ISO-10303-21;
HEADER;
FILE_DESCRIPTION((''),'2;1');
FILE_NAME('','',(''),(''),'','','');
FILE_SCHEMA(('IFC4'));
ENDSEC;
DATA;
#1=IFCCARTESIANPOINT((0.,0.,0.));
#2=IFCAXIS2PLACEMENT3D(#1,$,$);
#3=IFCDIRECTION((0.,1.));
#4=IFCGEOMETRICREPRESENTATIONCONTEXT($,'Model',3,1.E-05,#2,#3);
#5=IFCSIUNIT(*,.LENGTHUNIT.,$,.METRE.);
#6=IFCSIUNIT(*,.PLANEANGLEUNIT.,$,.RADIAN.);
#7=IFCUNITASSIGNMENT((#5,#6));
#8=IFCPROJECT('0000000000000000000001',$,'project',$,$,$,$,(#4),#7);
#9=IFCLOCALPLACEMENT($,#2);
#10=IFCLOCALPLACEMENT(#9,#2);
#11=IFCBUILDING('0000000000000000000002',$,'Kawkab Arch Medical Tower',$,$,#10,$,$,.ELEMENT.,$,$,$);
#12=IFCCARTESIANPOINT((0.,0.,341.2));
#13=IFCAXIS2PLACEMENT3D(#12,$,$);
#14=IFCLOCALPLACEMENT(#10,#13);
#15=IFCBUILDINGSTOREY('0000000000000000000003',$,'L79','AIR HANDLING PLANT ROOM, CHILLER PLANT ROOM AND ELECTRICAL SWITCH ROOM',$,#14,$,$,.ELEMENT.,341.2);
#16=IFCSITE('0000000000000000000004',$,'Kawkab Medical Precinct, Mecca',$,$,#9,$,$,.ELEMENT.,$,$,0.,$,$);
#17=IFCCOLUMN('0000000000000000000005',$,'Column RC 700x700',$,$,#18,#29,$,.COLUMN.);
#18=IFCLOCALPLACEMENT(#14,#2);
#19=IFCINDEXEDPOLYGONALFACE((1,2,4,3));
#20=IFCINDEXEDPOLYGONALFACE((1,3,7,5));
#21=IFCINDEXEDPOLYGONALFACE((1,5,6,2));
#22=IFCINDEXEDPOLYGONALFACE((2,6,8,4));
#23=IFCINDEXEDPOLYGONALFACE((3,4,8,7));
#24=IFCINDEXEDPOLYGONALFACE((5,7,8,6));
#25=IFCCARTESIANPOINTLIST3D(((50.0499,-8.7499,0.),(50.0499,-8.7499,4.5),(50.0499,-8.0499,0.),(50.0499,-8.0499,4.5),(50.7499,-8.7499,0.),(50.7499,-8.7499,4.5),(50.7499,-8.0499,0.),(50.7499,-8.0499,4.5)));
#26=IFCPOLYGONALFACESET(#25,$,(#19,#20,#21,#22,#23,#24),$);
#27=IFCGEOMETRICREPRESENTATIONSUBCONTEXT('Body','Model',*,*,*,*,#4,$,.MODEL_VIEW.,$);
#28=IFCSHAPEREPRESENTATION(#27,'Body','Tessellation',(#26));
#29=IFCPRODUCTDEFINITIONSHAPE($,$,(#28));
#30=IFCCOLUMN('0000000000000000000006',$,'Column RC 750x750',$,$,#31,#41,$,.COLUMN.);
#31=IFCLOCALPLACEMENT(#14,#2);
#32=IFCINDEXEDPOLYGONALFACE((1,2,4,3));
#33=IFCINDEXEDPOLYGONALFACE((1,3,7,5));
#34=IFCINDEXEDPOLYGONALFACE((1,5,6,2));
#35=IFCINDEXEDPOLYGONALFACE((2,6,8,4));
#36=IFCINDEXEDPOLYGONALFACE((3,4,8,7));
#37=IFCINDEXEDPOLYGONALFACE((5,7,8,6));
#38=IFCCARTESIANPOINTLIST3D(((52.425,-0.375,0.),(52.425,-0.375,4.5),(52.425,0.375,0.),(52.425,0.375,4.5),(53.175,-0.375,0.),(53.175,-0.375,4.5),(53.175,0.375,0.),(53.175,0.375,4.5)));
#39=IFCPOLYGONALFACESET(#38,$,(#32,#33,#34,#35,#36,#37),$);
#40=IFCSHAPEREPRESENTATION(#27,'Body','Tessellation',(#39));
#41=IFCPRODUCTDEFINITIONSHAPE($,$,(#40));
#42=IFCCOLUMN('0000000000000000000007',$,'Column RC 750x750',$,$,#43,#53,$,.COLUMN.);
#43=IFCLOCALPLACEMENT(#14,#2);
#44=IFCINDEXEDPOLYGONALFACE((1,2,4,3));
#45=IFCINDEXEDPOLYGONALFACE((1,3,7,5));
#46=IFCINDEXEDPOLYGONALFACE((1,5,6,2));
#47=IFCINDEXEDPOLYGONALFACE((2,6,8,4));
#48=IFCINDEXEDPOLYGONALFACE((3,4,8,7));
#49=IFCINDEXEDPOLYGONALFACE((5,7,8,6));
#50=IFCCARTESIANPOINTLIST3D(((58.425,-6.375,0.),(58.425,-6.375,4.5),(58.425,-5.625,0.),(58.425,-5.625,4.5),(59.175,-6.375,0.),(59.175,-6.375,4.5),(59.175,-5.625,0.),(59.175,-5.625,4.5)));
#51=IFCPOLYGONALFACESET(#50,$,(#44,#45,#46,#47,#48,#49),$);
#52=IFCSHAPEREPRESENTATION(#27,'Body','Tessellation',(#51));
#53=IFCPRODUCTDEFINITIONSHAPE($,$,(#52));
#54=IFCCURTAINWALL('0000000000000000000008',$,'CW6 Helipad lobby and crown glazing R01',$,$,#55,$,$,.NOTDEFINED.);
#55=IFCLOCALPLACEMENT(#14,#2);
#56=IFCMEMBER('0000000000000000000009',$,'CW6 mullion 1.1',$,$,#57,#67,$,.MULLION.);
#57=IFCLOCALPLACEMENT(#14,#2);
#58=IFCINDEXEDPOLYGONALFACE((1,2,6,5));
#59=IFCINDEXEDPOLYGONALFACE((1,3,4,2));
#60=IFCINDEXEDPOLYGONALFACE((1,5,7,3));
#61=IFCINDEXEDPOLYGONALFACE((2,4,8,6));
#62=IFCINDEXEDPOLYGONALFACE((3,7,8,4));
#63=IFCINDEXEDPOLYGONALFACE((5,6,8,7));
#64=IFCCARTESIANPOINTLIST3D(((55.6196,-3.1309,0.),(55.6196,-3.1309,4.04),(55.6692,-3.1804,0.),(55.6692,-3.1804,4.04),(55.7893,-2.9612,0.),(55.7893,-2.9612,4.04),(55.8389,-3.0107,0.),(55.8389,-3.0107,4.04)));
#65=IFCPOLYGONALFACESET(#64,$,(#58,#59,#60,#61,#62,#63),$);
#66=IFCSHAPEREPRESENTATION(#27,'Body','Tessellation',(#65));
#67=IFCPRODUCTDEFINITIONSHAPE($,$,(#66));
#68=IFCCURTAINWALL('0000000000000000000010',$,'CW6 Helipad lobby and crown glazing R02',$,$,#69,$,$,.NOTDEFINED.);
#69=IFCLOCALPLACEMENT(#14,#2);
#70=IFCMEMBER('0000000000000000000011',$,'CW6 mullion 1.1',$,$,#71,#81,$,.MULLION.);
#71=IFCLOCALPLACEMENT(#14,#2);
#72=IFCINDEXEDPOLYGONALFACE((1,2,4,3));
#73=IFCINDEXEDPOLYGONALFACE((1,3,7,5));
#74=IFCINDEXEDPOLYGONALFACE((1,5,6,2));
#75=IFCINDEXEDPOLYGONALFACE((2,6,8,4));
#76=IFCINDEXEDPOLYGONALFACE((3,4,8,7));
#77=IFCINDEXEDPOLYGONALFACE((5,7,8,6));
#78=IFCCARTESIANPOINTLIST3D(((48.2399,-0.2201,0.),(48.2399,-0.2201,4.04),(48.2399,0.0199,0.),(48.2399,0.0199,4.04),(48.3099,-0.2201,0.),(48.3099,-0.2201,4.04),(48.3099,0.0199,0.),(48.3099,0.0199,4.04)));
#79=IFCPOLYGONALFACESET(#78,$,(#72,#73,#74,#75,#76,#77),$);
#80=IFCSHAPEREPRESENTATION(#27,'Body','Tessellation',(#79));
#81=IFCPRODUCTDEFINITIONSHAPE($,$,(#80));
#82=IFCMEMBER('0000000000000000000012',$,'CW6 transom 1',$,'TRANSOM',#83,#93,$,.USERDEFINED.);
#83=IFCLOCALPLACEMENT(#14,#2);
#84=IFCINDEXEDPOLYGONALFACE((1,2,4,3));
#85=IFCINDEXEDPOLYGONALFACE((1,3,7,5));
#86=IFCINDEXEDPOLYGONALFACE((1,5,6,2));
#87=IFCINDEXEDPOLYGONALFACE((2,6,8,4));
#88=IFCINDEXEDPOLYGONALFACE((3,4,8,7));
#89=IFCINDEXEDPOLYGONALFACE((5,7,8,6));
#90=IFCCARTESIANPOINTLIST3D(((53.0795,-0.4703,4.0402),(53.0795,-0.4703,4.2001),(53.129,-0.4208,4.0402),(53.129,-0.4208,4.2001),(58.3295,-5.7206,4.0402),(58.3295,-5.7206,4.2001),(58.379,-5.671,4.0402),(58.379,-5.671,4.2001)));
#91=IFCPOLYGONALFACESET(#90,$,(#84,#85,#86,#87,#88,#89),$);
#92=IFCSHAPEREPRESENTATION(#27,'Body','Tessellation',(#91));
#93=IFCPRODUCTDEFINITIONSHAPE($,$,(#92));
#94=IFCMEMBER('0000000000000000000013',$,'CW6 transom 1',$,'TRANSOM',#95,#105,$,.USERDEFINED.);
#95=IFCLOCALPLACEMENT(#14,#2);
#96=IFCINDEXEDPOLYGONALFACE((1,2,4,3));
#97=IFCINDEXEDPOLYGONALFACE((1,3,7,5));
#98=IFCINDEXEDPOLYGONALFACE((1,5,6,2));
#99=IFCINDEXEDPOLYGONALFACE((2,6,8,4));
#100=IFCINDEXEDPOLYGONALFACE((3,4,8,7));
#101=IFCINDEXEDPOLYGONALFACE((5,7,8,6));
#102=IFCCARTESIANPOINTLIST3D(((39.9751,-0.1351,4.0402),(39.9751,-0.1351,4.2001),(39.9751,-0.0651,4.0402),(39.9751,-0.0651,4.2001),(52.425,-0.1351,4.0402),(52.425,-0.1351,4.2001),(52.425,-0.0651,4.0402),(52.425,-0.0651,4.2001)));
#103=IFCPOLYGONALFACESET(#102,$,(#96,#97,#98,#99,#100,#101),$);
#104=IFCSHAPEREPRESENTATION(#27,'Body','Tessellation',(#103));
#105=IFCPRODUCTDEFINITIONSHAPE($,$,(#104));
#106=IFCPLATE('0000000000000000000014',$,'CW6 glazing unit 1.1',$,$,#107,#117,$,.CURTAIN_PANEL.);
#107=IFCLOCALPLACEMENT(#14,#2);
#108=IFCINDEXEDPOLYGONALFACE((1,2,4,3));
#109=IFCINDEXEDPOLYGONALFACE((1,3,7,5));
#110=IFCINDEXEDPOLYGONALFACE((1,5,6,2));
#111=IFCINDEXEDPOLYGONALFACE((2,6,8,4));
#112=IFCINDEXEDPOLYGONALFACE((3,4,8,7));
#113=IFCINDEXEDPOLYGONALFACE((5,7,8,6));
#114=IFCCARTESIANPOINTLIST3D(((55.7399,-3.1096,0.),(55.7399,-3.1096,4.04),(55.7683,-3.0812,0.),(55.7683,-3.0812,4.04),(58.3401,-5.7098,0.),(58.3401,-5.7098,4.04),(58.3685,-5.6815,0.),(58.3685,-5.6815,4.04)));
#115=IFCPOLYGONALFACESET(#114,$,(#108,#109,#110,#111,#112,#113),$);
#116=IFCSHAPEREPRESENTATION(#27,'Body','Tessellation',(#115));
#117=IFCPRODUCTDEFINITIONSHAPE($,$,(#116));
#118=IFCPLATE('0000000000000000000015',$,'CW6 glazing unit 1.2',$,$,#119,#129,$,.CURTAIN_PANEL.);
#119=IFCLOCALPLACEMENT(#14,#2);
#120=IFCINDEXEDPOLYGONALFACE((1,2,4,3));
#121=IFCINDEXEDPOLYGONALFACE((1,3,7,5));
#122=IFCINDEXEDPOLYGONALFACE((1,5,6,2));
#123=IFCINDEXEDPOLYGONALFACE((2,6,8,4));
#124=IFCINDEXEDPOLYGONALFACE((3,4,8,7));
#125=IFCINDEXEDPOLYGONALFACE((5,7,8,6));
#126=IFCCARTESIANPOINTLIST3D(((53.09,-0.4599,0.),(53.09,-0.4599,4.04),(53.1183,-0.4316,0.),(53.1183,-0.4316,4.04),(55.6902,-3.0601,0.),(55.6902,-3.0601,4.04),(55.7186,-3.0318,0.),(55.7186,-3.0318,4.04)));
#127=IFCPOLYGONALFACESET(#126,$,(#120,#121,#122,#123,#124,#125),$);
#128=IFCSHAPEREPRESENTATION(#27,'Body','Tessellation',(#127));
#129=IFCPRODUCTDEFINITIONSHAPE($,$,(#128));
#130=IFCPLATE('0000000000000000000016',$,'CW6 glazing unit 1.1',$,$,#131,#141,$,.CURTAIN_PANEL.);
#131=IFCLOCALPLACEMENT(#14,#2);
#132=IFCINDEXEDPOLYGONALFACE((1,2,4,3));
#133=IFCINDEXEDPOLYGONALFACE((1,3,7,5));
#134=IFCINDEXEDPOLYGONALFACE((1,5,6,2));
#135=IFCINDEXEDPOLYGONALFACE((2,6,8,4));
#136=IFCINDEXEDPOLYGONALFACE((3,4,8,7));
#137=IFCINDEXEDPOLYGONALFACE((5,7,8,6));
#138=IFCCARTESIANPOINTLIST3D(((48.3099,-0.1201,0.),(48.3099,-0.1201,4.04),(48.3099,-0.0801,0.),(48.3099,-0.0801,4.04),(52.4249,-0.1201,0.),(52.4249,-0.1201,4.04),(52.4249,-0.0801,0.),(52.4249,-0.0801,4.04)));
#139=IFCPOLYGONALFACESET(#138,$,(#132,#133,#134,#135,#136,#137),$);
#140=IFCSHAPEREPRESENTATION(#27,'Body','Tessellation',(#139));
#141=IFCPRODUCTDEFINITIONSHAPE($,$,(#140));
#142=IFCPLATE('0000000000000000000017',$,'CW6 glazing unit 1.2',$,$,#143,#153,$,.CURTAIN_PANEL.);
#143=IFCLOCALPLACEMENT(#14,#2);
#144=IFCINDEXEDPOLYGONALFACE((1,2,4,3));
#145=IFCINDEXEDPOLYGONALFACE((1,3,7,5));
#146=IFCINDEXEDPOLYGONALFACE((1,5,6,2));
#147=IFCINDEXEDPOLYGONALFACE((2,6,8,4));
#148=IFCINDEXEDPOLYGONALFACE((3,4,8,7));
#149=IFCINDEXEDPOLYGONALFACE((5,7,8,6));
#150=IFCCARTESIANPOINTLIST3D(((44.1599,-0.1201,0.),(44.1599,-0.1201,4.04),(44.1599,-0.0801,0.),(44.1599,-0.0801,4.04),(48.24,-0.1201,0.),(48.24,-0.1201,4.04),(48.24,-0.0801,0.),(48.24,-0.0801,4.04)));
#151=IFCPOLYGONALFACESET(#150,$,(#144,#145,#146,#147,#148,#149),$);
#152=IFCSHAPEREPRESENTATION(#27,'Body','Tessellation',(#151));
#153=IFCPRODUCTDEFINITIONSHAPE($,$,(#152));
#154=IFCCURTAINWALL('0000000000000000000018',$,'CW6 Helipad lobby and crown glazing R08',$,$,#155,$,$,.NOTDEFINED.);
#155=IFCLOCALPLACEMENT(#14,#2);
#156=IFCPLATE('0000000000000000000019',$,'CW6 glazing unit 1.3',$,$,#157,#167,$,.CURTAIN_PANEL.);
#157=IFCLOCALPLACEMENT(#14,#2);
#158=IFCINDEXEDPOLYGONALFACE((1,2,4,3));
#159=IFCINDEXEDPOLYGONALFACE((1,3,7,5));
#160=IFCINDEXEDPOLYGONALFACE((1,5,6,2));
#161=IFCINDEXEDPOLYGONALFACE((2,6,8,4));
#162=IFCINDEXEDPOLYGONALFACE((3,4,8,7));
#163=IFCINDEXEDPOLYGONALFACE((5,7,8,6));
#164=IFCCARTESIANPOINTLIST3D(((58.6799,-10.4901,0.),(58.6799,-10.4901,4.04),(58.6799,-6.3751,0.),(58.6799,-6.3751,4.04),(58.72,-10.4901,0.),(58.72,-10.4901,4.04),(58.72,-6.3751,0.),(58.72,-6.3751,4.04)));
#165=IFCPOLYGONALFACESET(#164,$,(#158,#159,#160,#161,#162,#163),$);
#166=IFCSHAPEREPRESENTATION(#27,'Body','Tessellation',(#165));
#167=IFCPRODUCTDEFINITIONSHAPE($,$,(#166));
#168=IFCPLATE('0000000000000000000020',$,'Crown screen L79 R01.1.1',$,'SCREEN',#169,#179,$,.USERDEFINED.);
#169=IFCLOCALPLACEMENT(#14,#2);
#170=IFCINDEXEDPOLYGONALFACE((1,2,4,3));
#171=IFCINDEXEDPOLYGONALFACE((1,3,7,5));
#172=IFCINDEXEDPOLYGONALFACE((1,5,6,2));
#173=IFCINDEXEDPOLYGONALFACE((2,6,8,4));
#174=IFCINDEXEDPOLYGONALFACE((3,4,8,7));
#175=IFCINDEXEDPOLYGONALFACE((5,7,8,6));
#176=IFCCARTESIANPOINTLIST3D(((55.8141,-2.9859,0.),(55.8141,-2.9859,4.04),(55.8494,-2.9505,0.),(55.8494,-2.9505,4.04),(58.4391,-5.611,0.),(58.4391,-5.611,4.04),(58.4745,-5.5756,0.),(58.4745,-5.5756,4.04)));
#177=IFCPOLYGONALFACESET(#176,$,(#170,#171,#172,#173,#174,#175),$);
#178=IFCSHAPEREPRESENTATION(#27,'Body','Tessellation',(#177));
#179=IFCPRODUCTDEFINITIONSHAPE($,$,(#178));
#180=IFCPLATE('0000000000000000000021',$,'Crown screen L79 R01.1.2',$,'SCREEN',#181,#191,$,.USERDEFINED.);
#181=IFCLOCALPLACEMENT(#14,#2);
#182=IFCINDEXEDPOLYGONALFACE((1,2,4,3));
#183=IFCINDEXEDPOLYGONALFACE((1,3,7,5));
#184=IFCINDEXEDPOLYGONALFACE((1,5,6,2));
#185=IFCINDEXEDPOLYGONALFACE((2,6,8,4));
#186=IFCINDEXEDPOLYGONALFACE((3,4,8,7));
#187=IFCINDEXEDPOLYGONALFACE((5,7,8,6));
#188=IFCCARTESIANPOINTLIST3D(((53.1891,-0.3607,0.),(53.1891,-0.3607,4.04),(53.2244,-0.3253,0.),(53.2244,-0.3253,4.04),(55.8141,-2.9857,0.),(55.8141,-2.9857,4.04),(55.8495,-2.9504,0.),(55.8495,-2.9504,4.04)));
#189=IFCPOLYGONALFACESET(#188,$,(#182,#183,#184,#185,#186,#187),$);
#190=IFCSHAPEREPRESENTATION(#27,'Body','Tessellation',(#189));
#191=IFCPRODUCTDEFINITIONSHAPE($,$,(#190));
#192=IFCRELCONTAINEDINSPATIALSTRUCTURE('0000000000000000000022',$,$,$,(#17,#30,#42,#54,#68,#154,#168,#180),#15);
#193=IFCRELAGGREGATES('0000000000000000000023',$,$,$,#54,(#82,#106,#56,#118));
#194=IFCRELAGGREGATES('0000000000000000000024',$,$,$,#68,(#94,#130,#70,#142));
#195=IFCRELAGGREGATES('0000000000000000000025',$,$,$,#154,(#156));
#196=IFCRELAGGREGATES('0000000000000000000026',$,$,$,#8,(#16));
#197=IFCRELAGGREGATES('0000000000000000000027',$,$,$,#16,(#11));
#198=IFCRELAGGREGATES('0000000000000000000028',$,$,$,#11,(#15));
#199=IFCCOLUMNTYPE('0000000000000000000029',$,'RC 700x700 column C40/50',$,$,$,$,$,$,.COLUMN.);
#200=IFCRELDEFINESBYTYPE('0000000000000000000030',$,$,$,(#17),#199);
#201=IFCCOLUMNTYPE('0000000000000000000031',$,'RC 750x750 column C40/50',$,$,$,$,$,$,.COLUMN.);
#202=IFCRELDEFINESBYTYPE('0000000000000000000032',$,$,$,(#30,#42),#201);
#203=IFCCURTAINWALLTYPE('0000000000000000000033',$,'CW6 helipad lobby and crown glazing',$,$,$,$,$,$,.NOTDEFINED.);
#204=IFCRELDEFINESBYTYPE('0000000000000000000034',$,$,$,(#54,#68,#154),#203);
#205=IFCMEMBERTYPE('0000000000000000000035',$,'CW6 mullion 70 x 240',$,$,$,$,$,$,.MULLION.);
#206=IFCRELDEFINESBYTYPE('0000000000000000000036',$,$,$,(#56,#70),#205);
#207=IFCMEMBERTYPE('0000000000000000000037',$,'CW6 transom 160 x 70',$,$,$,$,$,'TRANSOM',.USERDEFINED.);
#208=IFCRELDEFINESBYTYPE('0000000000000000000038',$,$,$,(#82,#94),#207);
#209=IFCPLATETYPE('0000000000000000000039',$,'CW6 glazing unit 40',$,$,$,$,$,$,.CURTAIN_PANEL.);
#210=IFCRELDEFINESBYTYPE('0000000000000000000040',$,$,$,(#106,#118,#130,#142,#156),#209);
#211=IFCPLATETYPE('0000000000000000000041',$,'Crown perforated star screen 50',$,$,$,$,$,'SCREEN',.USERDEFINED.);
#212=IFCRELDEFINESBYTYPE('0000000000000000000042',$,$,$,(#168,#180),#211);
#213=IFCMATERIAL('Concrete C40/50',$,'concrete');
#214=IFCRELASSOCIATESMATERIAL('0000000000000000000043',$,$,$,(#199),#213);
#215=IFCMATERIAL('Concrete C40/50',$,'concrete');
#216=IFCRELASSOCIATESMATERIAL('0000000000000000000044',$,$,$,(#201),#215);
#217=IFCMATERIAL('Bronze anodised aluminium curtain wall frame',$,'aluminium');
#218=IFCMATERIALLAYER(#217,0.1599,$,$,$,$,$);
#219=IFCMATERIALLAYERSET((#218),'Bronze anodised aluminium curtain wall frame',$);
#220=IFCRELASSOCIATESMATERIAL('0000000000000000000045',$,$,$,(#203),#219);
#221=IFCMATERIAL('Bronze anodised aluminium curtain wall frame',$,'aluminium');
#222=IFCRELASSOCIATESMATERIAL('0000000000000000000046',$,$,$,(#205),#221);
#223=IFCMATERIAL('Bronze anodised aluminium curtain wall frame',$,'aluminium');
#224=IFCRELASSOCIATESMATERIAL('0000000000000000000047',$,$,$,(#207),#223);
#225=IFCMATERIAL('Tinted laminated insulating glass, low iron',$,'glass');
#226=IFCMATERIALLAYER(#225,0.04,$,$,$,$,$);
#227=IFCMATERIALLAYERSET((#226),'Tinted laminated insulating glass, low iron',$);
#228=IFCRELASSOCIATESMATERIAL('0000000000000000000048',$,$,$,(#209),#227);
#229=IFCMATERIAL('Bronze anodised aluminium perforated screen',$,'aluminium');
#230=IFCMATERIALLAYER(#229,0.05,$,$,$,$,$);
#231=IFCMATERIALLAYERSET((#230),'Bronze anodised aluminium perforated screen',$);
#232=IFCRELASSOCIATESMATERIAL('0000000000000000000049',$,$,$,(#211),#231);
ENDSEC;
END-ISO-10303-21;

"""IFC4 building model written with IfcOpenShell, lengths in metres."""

from ifc_helpers import new_model, si_unit, direction, frame, origin, origin_2d, place, context, subcontext, project, spatial, rectangle, extrude, material, layer, layer_set, material_profile, profile_set, type_object, element, aggregate, save


model = new_model("IFC4")

# Units and contexts
model_context = context("Model", 3, precision=1e-05, world=origin(), true_north=direction((0.0, 1.0)))
body_context = subcontext(model_context, "Body", "Model", "MODEL_VIEW")
ifc_project = project(units=[si_unit("LENGTHUNIT", "METRE"), si_unit("PLANEANGLEUNIT", "RADIAN")], contexts=[model_context])

# Site, building, storey
site_placement = place(None, origin())
site = spatial("IfcSite", under=ifc_project, at=site_placement, Name="Kawkab Medical Precinct, Mecca", CompositionType="ELEMENT", RefElevation=0.0)
building_placement = place(site_placement, origin())
building = spatial("IfcBuilding", under=site, at=building_placement, Name="Kawkab Arch Medical Tower", CompositionType="ELEMENT")
storey_placement = place(building_placement, frame((0.0, 0.0, 341.2)))
storey = spatial("IfcBuildingStorey", under=building, at=storey_placement, Name="L79", Description="AIR HANDLING PLANT ROOM, CHILLER PLANT ROOM AND ELECTRICAL SWITCH ROOM", CompositionType="ELEMENT", Elevation=341.2)

# Columns
ifc_material_1 = material(Name="Concrete C40/50", Category="concrete")
ifc_material_profile_1 = material_profile(ifc_material_1, rectangle(XDim=0.7, YDim=0.7, at=origin_2d()), Name="RC 700x700")
ifc_profile_set_1 = profile_set([ifc_material_profile_1], Name="Concrete C40/50")
column_type_1 = type_object("IfcColumnType", Name="RC 700x700 column C40/50", PredefinedType="COLUMN", material=ifc_profile_set_1)
column_placement = place(storey_placement, frame((50.3999, -8.3999, 0.0), z_axis=(0.0, 0.0, 1.0), x_axis=(1.0, 0.0, 0.0)))
element("IfcColumn", 1, at=column_placement, inside=storey, type_object=column_type_1, Name="Column RC 700x700", PredefinedType="COLUMN", context=body_context, shape_type="SweptSolid", body=[
    extrude(rectangle(XDim=0.7, YDim=0.7, at=origin_2d()), origin(), (0.0, 0.0, 1.0), 4.5),
])
ifc_material_2 = material(Name="Concrete C40/50", Category="concrete")
ifc_material_profile_2 = material_profile(ifc_material_2, rectangle(XDim=0.75, YDim=0.75, at=origin_2d()), Name="RC 750x750")
ifc_profile_set_2 = profile_set([ifc_material_profile_2], Name="Concrete C40/50")
column_type_2 = type_object("IfcColumnType", Name="RC 750x750 column C40/50", PredefinedType="COLUMN", material=ifc_profile_set_2)
for number, where, z_axis, x_axis, name in (
    (2, (52.8, 0.0, 0.0), (0.0, 0.0, 1.0), (1.0, 0.0, 0.0), "Column RC 750x750"),
    (3, (58.8, -6.0, 0.0), (0.0, 0.0, 1.0), (1.0, 0.0, 0.0), "Column RC 750x750"),
):
    element("IfcColumn", number, at=place(storey_placement, frame(where, z_axis=z_axis, x_axis=x_axis)), inside=storey, type_object=column_type_2, Name=name, PredefinedType="COLUMN", context=body_context, shape_type="SweptSolid", body=[
        extrude(rectangle(XDim=0.75, YDim=0.75, at=origin_2d()), origin(), (0.0, 0.0, 1.0), 4.5),
    ])

# Curtain walls, members
ifc_material_3 = material(Name="Bronze anodised aluminium curtain wall frame", Category="aluminium")
ifc_layer_1 = layer(ifc_material_3, 0.1599)
ifc_layer_set_1 = layer_set([ifc_layer_1], Name="Bronze anodised aluminium curtain wall frame")
curtain_wall_type = type_object("IfcCurtainWallType", Name="CW6 helipad lobby and crown glazing", PredefinedType="NOTDEFINED", material=ifc_layer_set_1)
placement = place(storey_placement, origin())
curtain_wall_1 = element("IfcCurtainWall", 4, at=placement, inside=storey, type_object=curtain_wall_type, Name="CW6 Helipad lobby and crown glazing R01", PredefinedType="NOTDEFINED")
ifc_material_4 = material(Name="Bronze anodised aluminium curtain wall frame", Category="aluminium")
ifc_material_profile_3 = material_profile(ifc_material_4, rectangle(XDim=0.24, YDim=0.0701, at=origin_2d()), Name="AL 70x240")
ifc_profile_set_3 = profile_set([ifc_material_profile_3], Name="Bronze anodised aluminium curtain wall frame")
member_type_1 = type_object("IfcMemberType", Name="CW6 mullion 70 x 240", PredefinedType="MULLION", material=ifc_profile_set_3)
member_1_placement = place(storey_placement, frame((55.7292, -3.0708, 0.0), z_axis=(0.0, 0.0, 1.0), x_axis=(-0.707107, -0.707107, 0.0)))
member_1 = element("IfcMember", 5, at=member_1_placement, type_object=member_type_1, Name="CW6 mullion 1.1", PredefinedType="MULLION", context=body_context, shape_type="SweptSolid", body=[
    extrude(rectangle(XDim=0.24, YDim=0.0701, at=origin_2d()), origin(), (0.0, 0.0, 1.0), 4.04),
])
curtain_wall_2 = element("IfcCurtainWall", 6, at=placement, inside=storey, type_object=curtain_wall_type, Name="CW6 Helipad lobby and crown glazing R02", PredefinedType="NOTDEFINED")
member_2_placement = place(storey_placement, frame((48.2749, -0.1001, 0.0), z_axis=(0.0, 0.0, 1.0), x_axis=(0.0, -1.0, 0.0)))
member_2 = element("IfcMember", 7, at=member_2_placement, type_object=member_type_1, Name="CW6 mullion 1.1", PredefinedType="MULLION", context=body_context, shape_type="SweptSolid", body=[
    extrude(rectangle(XDim=0.24, YDim=0.0701, at=origin_2d()), origin(), (0.0, 0.0, 1.0), 4.04),
])

# Members
ifc_material_5 = material(Name="Bronze anodised aluminium curtain wall frame", Category="aluminium")
ifc_material_profile_4 = material_profile(ifc_material_5, rectangle(XDim=0.0701, YDim=0.1599, at=origin_2d()), Name="AL 70x160")
ifc_profile_set_4 = profile_set([ifc_material_profile_4], Name="Bronze anodised aluminium curtain wall frame")
member_type_2 = type_object("IfcMemberType", Name="CW6 transom 160 x 70", ElementType="TRANSOM", PredefinedType="USERDEFINED", material=ifc_profile_set_4)
member_3_placement = place(storey_placement, frame((58.3542, -5.6958, 4.1201), z_axis=(-0.70709, 0.707123, 0.0), x_axis=(-0.707123, -0.70709, 0.0)))
member_3 = element("IfcMember", 8, at=member_3_placement, type_object=member_type_2, Name="CW6 transom 1", ObjectType="TRANSOM", PredefinedType="USERDEFINED", context=body_context, shape_type="SweptSolid", body=[
    extrude(rectangle(XDim=0.0701, YDim=0.1599, at=origin_2d()), origin(), (0.0, 0.0, 1.0), 7.4248),
])
member_4_placement = place(storey_placement, frame((52.425, -0.1001, 4.1201), z_axis=(-1.0, 0.0, 0.0), x_axis=(0.0, -1.0, 0.0)))
member_4 = element("IfcMember", 9, at=member_4_placement, type_object=member_type_2, Name="CW6 transom 1", ObjectType="TRANSOM", PredefinedType="USERDEFINED", context=body_context, shape_type="SweptSolid", body=[
    extrude(rectangle(XDim=0.0701, YDim=0.1599, at=origin_2d()), origin(), (0.0, 0.0, 1.0), 12.45),
])

# Plates
ifc_material_6 = material(Name="Tinted laminated insulating glass, low iron", Category="glass")
ifc_layer_2 = layer(ifc_material_6, 0.04)
ifc_layer_set_2 = layer_set([ifc_layer_2], Name="Tinted laminated insulating glass, low iron")
plate_type_1 = type_object("IfcPlateType", Name="CW6 glazing unit 40", PredefinedType="CURTAIN_PANEL", material=ifc_layer_set_2)
plate_1_placement = place(storey_placement, frame((57.0542, -4.3955, 0.0), z_axis=(0.0, 0.0, 1.0), x_axis=(-0.707107, 0.707107, 0.0)))
plate_1 = element("IfcPlate", 10, at=plate_1_placement, type_object=plate_type_1, Name="CW6 glazing unit 1.1", PredefinedType="CURTAIN_PANEL", context=body_context, shape_type="SweptSolid", body=[
    extrude(rectangle(XDim=3.6772, YDim=0.04, at=origin_2d()), origin(), (0.0, 0.0, 1.0), 4.04),
])
plate_2_placement = place(storey_placement, frame((54.4043, -1.7458, 0.0), z_axis=(0.0, 0.0, 1.0), x_axis=(-0.707107, 0.707107, 0.0)))
plate_2 = element("IfcPlate", 11, at=plate_2_placement, type_object=plate_type_1, Name="CW6 glazing unit 1.2", PredefinedType="CURTAIN_PANEL", context=body_context, shape_type="SweptSolid", body=[
    extrude(rectangle(XDim=3.6772, YDim=0.04, at=origin_2d()), origin(), (0.0, 0.0, 1.0), 4.04),
])
aggregate(curtain_wall_1, [member_3, plate_1, member_1, plate_2])
plate_3_placement = place(storey_placement, frame((50.3674, -0.1001, 0.0), z_axis=(0.0, 0.0, 1.0), x_axis=(-1.0, 0.0, 0.0)))
plate_3 = element("IfcPlate", 12, at=plate_3_placement, type_object=plate_type_1, Name="CW6 glazing unit 1.1", PredefinedType="CURTAIN_PANEL", context=body_context, shape_type="SweptSolid", body=[
    extrude(rectangle(XDim=4.115, YDim=0.04, at=origin_2d()), origin(), (0.0, 0.0, 1.0), 4.04),
])
plate_4_placement = place(storey_placement, frame((46.2, -0.1001, 0.0), z_axis=(0.0, 0.0, 1.0), x_axis=(-1.0, 0.0, 0.0)))
plate_4 = element("IfcPlate", 13, at=plate_4_placement, type_object=plate_type_1, Name="CW6 glazing unit 1.2", PredefinedType="CURTAIN_PANEL", context=body_context, shape_type="SweptSolid", body=[
    extrude(rectangle(XDim=4.0801, YDim=0.04, at=origin_2d()), origin(), (0.0, 0.0, 1.0), 4.04),
])
aggregate(curtain_wall_2, [member_4, plate_3, member_2, plate_4])

# Curtain wall, plate
curtain_wall_3 = element("IfcCurtainWall", 14, at=placement, inside=storey, type_object=curtain_wall_type, Name="CW6 Helipad lobby and crown glazing R08", PredefinedType="NOTDEFINED")
plate_5_placement = place(storey_placement, frame((58.7, -8.4326, 0.0), z_axis=(0.0, 0.0, 1.0), x_axis=(0.0, 1.0, 0.0)))
plate_5 = element("IfcPlate", 15, at=plate_5_placement, type_object=plate_type_1, Name="CW6 glazing unit 1.3", PredefinedType="CURTAIN_PANEL", context=body_context, shape_type="SweptSolid", body=[
    extrude(rectangle(XDim=4.115, YDim=0.04, at=origin_2d()), origin(), (0.0, 0.0, 1.0), 4.04),
])
aggregate(curtain_wall_3, [plate_5])

# Plates
ifc_material_7 = material(Name="Bronze anodised aluminium perforated screen", Category="aluminium")
ifc_layer_3 = layer(ifc_material_7, 0.05)
ifc_layer_set_3 = layer_set([ifc_layer_3], Name="Bronze anodised aluminium perforated screen")
plate_type_2 = type_object("IfcPlateType", Name="Crown perforated star screen 50", ElementType="SCREEN", PredefinedType="USERDEFINED", material=ifc_layer_set_3)
for number, where, z_axis, x_axis, name in (
    (16, (57.1443, -4.2808, 0.0), (0.0, 0.0, 1.0), (-0.707107, 0.707107, 0.0), "Crown screen L79 R01.1.1"),
    (17, (54.5193, -1.6555, 0.0), (0.0, 0.0, 1.0), (-0.707107, 0.707107, 0.0), "Crown screen L79 R01.1.2"),
):
    element("IfcPlate", number, at=place(storey_placement, frame(where, z_axis=z_axis, x_axis=x_axis)), inside=storey, type_object=plate_type_2, Name=name, ObjectType="SCREEN", PredefinedType="USERDEFINED", context=body_context, shape_type="SweptSolid", body=[
        extrude(rectangle(XDim=3.7124, YDim=0.05, at=origin_2d()), origin(), (0.0, 0.0, 1.0), 4.04),
    ])

save(model, "model.ifc")
